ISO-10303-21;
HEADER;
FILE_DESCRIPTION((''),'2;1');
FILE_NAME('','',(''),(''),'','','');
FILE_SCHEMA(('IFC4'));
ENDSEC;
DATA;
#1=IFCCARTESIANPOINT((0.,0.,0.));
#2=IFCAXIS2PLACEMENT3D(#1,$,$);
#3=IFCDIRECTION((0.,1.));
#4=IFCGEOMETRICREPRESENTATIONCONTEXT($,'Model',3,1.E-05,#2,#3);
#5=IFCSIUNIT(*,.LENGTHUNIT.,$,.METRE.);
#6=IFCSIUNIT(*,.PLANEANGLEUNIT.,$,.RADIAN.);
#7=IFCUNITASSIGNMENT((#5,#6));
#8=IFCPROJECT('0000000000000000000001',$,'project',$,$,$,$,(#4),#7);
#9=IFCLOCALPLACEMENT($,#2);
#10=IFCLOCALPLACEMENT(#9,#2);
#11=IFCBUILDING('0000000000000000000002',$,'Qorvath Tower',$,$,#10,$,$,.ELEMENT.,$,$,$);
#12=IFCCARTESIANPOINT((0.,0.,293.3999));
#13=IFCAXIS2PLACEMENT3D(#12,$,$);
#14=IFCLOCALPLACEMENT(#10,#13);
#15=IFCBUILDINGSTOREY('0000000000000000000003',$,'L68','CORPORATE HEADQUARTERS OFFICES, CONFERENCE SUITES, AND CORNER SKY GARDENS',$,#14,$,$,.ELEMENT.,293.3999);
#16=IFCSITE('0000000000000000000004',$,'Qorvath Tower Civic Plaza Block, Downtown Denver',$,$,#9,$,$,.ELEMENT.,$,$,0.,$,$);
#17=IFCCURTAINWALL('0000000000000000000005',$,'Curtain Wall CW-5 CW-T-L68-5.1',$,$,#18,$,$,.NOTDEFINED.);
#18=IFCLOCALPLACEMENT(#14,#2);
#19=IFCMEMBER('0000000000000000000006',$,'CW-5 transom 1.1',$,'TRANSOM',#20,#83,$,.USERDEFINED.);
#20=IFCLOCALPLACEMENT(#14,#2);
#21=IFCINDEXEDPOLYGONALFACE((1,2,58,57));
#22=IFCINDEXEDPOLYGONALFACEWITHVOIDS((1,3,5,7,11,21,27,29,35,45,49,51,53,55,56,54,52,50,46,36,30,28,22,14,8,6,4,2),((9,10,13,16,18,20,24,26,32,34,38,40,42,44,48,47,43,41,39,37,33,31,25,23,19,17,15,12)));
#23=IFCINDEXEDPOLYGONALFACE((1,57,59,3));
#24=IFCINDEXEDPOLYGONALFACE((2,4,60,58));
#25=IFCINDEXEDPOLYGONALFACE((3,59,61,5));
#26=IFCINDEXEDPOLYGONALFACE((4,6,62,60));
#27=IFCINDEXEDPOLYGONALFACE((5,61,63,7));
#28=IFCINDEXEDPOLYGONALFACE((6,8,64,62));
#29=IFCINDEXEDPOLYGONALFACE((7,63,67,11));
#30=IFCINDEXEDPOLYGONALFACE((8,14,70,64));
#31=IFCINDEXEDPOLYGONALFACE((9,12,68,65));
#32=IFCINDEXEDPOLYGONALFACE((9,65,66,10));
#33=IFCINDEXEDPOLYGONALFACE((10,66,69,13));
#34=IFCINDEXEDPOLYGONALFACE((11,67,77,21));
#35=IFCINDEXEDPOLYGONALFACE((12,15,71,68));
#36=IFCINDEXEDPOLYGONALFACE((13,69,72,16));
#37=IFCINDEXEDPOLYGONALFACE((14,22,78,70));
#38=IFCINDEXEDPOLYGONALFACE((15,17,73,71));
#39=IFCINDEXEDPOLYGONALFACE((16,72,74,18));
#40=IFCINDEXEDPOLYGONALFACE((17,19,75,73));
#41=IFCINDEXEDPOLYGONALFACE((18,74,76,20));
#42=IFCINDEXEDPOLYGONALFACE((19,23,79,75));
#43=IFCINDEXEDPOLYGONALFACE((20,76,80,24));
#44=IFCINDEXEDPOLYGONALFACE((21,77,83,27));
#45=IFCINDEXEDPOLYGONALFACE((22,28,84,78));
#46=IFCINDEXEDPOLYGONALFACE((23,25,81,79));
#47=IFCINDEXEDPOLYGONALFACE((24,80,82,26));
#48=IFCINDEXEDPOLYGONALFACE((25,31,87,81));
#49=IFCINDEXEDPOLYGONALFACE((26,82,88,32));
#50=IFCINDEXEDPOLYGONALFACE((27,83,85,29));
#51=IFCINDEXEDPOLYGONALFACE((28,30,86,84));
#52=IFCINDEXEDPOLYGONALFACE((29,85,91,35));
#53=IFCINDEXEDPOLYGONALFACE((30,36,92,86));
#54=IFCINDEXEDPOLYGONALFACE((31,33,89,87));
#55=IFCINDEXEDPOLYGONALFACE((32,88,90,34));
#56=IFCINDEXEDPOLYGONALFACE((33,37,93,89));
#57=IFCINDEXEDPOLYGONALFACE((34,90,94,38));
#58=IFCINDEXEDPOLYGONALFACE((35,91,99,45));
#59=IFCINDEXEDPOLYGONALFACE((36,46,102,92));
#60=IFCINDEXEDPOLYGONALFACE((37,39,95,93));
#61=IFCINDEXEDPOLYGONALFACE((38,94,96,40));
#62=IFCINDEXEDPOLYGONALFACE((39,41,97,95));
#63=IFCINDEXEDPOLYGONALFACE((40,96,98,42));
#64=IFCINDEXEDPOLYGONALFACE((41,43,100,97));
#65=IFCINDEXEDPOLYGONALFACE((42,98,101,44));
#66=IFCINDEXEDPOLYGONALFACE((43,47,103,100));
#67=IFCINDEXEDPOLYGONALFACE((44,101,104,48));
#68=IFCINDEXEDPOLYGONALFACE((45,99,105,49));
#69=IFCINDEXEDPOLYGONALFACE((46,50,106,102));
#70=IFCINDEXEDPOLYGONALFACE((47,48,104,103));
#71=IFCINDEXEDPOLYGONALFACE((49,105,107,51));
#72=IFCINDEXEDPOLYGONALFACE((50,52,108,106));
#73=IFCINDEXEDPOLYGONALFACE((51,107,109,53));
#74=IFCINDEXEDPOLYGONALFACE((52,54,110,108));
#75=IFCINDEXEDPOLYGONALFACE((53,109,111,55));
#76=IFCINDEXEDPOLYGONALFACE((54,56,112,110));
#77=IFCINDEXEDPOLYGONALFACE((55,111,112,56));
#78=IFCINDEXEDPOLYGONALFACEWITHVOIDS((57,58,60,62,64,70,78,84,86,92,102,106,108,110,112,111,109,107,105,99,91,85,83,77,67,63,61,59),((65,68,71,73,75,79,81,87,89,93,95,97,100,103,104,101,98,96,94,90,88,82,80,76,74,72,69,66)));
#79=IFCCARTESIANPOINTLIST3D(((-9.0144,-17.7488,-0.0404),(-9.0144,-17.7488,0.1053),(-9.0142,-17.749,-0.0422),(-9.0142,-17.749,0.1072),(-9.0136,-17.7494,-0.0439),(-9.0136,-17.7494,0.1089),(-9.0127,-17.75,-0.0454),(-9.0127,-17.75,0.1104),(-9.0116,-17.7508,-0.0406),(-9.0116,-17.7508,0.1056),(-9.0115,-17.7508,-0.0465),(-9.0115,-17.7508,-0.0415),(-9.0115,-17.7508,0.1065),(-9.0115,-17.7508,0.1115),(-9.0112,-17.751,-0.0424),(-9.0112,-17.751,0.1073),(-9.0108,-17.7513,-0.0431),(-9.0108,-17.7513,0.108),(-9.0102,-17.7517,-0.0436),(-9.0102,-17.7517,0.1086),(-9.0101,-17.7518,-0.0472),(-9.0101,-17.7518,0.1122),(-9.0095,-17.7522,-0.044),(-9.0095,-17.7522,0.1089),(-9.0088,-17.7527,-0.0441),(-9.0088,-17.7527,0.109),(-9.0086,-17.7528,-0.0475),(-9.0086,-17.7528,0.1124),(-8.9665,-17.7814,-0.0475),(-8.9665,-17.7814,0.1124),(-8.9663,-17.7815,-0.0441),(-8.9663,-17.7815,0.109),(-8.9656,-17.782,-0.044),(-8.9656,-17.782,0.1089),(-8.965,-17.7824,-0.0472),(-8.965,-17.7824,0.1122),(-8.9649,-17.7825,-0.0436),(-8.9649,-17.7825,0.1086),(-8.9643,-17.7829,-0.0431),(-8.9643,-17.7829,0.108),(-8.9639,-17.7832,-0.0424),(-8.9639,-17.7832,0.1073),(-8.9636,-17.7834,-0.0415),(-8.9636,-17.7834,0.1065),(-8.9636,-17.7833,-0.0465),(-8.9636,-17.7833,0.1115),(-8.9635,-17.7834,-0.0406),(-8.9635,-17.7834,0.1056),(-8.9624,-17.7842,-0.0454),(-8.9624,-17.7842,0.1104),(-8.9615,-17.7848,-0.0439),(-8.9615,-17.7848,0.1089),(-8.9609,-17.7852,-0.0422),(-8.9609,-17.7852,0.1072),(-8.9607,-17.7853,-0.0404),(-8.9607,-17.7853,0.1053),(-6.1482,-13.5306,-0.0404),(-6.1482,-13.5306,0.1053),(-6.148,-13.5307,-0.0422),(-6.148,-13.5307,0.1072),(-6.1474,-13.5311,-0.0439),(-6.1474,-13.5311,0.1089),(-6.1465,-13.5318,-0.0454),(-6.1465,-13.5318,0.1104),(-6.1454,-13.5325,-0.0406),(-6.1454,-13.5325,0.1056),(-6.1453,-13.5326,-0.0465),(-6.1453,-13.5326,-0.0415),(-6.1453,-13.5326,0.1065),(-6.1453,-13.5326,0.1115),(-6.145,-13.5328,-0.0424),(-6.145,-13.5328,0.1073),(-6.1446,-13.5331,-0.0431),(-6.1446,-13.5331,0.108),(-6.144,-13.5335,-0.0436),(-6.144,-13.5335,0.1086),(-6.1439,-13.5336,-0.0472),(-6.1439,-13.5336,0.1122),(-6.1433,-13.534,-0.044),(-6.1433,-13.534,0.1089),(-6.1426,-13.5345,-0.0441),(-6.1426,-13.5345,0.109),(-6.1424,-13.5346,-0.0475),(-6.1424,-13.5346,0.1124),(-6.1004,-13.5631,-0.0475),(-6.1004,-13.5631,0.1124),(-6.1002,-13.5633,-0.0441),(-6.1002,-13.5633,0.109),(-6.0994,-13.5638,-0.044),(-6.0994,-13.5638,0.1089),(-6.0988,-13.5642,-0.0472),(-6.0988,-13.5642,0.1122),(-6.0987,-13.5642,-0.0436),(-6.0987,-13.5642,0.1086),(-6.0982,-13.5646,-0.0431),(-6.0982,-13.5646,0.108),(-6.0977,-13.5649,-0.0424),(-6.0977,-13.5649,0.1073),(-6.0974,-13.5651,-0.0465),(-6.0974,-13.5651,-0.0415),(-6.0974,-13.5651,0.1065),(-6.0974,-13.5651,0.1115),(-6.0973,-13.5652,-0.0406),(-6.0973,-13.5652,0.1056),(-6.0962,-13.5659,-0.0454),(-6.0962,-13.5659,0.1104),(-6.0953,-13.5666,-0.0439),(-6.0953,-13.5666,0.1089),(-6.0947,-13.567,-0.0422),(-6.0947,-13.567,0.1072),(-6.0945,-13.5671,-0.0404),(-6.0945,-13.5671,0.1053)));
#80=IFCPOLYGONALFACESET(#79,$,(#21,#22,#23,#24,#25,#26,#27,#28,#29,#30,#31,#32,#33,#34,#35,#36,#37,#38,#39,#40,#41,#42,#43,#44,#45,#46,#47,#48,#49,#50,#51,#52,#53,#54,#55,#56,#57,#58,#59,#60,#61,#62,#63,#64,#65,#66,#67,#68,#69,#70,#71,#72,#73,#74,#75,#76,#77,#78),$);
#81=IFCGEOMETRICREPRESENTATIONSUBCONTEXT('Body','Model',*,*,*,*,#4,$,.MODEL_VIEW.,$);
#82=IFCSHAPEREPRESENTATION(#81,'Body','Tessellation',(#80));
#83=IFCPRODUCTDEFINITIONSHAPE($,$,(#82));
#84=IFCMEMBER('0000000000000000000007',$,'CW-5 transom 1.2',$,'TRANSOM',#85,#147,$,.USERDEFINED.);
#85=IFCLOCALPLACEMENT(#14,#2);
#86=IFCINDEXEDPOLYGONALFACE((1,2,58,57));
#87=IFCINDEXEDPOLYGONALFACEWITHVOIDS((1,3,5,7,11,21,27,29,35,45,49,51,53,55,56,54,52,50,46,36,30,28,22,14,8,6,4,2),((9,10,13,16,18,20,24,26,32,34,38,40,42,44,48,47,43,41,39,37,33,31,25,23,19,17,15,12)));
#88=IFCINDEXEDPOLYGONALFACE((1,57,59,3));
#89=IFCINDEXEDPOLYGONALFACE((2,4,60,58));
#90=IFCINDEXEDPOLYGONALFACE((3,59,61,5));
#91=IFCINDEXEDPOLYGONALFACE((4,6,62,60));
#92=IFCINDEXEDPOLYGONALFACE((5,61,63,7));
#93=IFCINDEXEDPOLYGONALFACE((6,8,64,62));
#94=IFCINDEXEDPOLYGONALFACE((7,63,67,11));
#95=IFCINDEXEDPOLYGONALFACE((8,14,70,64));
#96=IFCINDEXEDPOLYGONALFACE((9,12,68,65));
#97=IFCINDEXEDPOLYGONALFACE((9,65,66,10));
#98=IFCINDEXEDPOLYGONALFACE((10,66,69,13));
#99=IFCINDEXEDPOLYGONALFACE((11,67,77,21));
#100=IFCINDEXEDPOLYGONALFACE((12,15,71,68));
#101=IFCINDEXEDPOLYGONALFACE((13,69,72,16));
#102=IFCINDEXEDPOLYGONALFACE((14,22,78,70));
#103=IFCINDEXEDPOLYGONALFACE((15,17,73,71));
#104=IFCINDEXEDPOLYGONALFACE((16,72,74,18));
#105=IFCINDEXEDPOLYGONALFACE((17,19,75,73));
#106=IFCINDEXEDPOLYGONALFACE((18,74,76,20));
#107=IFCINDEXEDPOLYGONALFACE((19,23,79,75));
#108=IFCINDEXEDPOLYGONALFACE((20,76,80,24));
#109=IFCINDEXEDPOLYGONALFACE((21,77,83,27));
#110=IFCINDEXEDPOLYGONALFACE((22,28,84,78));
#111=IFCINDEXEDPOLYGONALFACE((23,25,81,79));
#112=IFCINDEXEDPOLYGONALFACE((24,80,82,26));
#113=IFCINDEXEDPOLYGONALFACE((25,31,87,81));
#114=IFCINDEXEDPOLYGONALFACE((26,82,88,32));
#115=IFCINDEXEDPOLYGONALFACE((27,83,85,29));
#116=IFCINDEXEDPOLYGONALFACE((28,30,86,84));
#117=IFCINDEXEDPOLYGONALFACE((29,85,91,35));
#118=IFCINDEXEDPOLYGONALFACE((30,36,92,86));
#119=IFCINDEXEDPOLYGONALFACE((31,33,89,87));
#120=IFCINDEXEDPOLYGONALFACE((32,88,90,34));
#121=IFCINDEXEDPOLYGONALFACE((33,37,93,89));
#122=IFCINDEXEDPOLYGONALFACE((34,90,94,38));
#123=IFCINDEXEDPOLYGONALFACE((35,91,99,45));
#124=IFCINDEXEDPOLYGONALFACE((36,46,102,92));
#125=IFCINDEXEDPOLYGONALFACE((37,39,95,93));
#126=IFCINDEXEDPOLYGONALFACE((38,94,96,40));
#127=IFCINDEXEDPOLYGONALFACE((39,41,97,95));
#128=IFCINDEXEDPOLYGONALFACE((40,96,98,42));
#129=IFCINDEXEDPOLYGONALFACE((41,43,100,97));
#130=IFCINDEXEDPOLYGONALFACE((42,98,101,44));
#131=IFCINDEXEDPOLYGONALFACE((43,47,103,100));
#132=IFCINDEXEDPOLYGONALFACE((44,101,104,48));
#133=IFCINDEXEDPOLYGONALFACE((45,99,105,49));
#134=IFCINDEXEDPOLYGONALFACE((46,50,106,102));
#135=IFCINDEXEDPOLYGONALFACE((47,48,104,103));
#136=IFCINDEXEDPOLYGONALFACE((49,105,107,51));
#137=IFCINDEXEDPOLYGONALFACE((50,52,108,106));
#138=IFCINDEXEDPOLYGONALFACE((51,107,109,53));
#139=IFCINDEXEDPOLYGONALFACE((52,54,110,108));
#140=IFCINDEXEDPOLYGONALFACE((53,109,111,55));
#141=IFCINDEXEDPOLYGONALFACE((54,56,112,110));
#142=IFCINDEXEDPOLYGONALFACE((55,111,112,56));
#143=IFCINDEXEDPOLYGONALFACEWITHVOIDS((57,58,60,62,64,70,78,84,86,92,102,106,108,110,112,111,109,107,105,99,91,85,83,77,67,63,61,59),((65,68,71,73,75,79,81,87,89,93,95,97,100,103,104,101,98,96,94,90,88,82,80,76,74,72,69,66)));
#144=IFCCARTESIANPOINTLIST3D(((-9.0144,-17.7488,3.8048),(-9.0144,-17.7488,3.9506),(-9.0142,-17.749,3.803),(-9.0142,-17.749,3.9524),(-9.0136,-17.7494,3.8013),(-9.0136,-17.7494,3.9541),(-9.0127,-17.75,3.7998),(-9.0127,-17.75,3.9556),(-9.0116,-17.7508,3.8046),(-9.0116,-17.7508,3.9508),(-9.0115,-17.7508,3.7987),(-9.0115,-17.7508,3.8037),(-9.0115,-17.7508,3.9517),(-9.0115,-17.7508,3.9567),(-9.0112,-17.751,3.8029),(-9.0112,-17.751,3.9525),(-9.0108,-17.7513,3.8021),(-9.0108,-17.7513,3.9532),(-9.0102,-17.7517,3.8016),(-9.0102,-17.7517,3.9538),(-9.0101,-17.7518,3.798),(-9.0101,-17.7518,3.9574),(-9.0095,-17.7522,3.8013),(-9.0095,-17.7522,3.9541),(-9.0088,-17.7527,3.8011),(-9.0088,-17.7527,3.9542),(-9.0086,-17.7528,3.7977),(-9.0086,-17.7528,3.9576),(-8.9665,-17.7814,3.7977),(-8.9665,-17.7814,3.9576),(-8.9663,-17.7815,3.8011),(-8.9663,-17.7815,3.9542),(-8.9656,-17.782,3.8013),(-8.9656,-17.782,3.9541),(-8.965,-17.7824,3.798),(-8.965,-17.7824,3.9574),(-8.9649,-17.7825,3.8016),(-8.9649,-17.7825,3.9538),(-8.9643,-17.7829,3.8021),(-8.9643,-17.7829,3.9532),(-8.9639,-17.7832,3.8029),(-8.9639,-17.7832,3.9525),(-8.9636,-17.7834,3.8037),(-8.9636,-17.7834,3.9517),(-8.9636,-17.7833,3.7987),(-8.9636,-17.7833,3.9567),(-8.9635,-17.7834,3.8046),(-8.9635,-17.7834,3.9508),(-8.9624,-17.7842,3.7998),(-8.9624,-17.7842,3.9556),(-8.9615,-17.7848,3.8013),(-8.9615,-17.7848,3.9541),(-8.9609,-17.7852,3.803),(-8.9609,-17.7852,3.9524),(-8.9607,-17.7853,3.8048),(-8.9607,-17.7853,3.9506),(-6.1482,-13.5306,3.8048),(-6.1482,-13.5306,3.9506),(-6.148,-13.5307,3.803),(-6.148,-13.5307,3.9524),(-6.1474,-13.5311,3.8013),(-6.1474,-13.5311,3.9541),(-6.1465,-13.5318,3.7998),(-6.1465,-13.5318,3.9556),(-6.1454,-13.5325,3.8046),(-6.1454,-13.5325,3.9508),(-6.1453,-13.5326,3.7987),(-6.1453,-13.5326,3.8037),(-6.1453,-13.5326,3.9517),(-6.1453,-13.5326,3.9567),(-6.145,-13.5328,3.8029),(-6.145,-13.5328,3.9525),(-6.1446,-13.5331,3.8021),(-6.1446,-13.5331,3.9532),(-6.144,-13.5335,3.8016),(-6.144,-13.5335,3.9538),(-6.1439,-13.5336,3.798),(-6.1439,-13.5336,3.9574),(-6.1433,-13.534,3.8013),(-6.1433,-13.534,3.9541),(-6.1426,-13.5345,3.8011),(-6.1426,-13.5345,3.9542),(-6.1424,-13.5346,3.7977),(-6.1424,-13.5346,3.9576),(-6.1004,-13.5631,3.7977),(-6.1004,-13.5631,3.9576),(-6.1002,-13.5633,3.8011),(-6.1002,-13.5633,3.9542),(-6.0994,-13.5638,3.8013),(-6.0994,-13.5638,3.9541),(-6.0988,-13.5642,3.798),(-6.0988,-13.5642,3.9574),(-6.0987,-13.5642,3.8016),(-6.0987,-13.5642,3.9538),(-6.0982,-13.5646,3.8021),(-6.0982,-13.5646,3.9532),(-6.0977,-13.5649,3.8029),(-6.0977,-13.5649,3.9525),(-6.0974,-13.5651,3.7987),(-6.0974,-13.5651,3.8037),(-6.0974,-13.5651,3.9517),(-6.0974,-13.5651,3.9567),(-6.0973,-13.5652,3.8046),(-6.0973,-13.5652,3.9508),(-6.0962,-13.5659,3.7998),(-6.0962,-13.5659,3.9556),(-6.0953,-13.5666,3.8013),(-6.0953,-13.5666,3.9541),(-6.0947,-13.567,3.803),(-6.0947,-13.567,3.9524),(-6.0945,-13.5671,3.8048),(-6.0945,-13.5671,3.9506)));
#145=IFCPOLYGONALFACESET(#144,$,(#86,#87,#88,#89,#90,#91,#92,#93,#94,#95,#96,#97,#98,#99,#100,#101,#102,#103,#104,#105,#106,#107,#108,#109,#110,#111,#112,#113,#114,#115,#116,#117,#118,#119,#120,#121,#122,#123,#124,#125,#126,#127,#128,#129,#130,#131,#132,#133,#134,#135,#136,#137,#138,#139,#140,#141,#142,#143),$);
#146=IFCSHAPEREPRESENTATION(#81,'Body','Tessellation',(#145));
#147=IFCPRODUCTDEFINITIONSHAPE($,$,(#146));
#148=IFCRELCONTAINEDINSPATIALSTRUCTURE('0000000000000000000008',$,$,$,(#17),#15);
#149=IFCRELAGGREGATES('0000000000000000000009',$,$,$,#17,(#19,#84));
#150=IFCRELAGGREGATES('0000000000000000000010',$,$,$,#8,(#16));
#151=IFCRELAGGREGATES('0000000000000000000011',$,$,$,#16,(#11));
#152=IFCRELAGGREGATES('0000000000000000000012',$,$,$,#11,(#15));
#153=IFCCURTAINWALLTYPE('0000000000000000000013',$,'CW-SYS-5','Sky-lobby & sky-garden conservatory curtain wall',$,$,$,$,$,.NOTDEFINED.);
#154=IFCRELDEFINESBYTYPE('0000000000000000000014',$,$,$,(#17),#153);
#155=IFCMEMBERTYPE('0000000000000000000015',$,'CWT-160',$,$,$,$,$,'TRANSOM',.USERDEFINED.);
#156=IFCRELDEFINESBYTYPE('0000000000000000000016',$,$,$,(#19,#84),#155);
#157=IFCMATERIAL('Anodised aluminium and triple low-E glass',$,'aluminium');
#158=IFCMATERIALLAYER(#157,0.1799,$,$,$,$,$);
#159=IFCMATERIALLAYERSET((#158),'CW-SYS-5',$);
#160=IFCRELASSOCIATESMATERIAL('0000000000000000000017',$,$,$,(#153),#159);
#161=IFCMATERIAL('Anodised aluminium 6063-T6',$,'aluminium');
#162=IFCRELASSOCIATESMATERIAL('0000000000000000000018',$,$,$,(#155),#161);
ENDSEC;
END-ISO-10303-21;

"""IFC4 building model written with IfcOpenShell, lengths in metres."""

from ifc_helpers import new_model, si_unit, direction, frame, origin, origin_2d, place, context, subcontext, project, spatial, hollow_rectangle, extrude, material, layer, layer_set, material_profile, profile_set, type_object, element, aggregate, save


model = new_model("IFC4")

# Units and contexts
model_context = context("Model", 3, precision=1e-05, world=origin(), true_north=direction((0.0, 1.0)))
body_context = subcontext(model_context, "Body", "Model", "MODEL_VIEW")
ifc_project = project(units=[si_unit("LENGTHUNIT", "METRE"), si_unit("PLANEANGLEUNIT", "RADIAN")], contexts=[model_context])

# Site, building, storey
site_placement = place(None, origin())
site = spatial("IfcSite", under=ifc_project, at=site_placement, Name="Qorvath Tower Civic Plaza Block, Downtown Denver", CompositionType="ELEMENT", RefElevation=0.0)
building_placement = place(site_placement, origin())
building = spatial("IfcBuilding", under=site, at=building_placement, Name="Qorvath Tower", CompositionType="ELEMENT")
storey_placement = place(building_placement, frame((0.0, 0.0, 293.3999)))
storey = spatial("IfcBuildingStorey", under=building, at=storey_placement, Name="L68", Description="CORPORATE HEADQUARTERS OFFICES, CONFERENCE SUITES, AND CORNER SKY GARDENS", CompositionType="ELEMENT", Elevation=293.3999)

# Shared definitions
ifc_material_1 = material(Name="Anodised aluminium and triple low-E glass", Category="aluminium")
ifc_layer_1 = layer(ifc_material_1, 0.1799)
ifc_layer_set_1 = layer_set([ifc_layer_1], Name="CW-SYS-5")
curtain_wall_type = type_object("IfcCurtainWallType", Name="CW-SYS-5", Description="Sky-lobby & sky-garden conservatory curtain wall", PredefinedType="NOTDEFINED", material=ifc_layer_set_1)

# Curtain wall
curtain_wall_1_placement = place(storey_placement, origin())
curtain_wall_1 = element("IfcCurtainWall", 1, at=curtain_wall_1_placement, inside=storey, type_object=curtain_wall_type, Name="Curtain Wall CW-5 CW-T-L68-5.1", PredefinedType="NOTDEFINED")

# Members
ifc_material_2 = material(Name="Anodised aluminium 6063-T6", Category="aluminium")
ifc_material_profile_1 = material_profile(ifc_material_2, hollow_rectangle(XDim=0.0649, YDim=0.1599, WallThickness=0.0034, InnerFilletRadius=0.0034, OuterFilletRadius=0.0071, at=origin_2d()), Name="CWT 160x65")
ifc_profile_set_1 = profile_set([ifc_material_profile_1], Name="Anodised aluminium 6063-T6")
member_type_1 = type_object("IfcMemberType", Name="CWT-160", ElementType="TRANSOM", PredefinedType="USERDEFINED", material=ifc_profile_set_1)
member_1_placement = place(storey_placement, frame((-8.9875, -17.7671, 0.0325), z_axis=(0.562014, 0.827128, 0.0), x_axis=(-0.827128, 0.562014, 0.0)))
member_1 = element("IfcMember", 2, at=member_1_placement, type_object=member_type_1, Name="CW-5 transom 1.1", ObjectType="TRANSOM", PredefinedType="USERDEFINED", context=body_context, shape_type="SweptSolid", body=[
    extrude(hollow_rectangle(XDim=0.0649, YDim=0.1599, WallThickness=0.0034, InnerFilletRadius=0.0034, OuterFilletRadius=0.0071, at=origin_2d()), origin(), (0.0, 0.0, 1.0), 5.0999),
])
member_2_placement = place(storey_placement, frame((-8.9875, -17.7671, 3.8777), z_axis=(0.562014, 0.827128, 0.0), x_axis=(-0.827128, 0.562014, 0.0)))
member_2 = element("IfcMember", 3, at=member_2_placement, type_object=member_type_1, Name="CW-5 transom 1.2", ObjectType="TRANSOM", PredefinedType="USERDEFINED", context=body_context, shape_type="SweptSolid", body=[
    extrude(hollow_rectangle(XDim=0.0649, YDim=0.1599, WallThickness=0.0034, InnerFilletRadius=0.0034, OuterFilletRadius=0.0071, at=origin_2d()), origin(), (0.0, 0.0, 1.0), 5.0999),
])

aggregate(curtain_wall_1, [member_1, member_2])

save(model, "model.ifc")
